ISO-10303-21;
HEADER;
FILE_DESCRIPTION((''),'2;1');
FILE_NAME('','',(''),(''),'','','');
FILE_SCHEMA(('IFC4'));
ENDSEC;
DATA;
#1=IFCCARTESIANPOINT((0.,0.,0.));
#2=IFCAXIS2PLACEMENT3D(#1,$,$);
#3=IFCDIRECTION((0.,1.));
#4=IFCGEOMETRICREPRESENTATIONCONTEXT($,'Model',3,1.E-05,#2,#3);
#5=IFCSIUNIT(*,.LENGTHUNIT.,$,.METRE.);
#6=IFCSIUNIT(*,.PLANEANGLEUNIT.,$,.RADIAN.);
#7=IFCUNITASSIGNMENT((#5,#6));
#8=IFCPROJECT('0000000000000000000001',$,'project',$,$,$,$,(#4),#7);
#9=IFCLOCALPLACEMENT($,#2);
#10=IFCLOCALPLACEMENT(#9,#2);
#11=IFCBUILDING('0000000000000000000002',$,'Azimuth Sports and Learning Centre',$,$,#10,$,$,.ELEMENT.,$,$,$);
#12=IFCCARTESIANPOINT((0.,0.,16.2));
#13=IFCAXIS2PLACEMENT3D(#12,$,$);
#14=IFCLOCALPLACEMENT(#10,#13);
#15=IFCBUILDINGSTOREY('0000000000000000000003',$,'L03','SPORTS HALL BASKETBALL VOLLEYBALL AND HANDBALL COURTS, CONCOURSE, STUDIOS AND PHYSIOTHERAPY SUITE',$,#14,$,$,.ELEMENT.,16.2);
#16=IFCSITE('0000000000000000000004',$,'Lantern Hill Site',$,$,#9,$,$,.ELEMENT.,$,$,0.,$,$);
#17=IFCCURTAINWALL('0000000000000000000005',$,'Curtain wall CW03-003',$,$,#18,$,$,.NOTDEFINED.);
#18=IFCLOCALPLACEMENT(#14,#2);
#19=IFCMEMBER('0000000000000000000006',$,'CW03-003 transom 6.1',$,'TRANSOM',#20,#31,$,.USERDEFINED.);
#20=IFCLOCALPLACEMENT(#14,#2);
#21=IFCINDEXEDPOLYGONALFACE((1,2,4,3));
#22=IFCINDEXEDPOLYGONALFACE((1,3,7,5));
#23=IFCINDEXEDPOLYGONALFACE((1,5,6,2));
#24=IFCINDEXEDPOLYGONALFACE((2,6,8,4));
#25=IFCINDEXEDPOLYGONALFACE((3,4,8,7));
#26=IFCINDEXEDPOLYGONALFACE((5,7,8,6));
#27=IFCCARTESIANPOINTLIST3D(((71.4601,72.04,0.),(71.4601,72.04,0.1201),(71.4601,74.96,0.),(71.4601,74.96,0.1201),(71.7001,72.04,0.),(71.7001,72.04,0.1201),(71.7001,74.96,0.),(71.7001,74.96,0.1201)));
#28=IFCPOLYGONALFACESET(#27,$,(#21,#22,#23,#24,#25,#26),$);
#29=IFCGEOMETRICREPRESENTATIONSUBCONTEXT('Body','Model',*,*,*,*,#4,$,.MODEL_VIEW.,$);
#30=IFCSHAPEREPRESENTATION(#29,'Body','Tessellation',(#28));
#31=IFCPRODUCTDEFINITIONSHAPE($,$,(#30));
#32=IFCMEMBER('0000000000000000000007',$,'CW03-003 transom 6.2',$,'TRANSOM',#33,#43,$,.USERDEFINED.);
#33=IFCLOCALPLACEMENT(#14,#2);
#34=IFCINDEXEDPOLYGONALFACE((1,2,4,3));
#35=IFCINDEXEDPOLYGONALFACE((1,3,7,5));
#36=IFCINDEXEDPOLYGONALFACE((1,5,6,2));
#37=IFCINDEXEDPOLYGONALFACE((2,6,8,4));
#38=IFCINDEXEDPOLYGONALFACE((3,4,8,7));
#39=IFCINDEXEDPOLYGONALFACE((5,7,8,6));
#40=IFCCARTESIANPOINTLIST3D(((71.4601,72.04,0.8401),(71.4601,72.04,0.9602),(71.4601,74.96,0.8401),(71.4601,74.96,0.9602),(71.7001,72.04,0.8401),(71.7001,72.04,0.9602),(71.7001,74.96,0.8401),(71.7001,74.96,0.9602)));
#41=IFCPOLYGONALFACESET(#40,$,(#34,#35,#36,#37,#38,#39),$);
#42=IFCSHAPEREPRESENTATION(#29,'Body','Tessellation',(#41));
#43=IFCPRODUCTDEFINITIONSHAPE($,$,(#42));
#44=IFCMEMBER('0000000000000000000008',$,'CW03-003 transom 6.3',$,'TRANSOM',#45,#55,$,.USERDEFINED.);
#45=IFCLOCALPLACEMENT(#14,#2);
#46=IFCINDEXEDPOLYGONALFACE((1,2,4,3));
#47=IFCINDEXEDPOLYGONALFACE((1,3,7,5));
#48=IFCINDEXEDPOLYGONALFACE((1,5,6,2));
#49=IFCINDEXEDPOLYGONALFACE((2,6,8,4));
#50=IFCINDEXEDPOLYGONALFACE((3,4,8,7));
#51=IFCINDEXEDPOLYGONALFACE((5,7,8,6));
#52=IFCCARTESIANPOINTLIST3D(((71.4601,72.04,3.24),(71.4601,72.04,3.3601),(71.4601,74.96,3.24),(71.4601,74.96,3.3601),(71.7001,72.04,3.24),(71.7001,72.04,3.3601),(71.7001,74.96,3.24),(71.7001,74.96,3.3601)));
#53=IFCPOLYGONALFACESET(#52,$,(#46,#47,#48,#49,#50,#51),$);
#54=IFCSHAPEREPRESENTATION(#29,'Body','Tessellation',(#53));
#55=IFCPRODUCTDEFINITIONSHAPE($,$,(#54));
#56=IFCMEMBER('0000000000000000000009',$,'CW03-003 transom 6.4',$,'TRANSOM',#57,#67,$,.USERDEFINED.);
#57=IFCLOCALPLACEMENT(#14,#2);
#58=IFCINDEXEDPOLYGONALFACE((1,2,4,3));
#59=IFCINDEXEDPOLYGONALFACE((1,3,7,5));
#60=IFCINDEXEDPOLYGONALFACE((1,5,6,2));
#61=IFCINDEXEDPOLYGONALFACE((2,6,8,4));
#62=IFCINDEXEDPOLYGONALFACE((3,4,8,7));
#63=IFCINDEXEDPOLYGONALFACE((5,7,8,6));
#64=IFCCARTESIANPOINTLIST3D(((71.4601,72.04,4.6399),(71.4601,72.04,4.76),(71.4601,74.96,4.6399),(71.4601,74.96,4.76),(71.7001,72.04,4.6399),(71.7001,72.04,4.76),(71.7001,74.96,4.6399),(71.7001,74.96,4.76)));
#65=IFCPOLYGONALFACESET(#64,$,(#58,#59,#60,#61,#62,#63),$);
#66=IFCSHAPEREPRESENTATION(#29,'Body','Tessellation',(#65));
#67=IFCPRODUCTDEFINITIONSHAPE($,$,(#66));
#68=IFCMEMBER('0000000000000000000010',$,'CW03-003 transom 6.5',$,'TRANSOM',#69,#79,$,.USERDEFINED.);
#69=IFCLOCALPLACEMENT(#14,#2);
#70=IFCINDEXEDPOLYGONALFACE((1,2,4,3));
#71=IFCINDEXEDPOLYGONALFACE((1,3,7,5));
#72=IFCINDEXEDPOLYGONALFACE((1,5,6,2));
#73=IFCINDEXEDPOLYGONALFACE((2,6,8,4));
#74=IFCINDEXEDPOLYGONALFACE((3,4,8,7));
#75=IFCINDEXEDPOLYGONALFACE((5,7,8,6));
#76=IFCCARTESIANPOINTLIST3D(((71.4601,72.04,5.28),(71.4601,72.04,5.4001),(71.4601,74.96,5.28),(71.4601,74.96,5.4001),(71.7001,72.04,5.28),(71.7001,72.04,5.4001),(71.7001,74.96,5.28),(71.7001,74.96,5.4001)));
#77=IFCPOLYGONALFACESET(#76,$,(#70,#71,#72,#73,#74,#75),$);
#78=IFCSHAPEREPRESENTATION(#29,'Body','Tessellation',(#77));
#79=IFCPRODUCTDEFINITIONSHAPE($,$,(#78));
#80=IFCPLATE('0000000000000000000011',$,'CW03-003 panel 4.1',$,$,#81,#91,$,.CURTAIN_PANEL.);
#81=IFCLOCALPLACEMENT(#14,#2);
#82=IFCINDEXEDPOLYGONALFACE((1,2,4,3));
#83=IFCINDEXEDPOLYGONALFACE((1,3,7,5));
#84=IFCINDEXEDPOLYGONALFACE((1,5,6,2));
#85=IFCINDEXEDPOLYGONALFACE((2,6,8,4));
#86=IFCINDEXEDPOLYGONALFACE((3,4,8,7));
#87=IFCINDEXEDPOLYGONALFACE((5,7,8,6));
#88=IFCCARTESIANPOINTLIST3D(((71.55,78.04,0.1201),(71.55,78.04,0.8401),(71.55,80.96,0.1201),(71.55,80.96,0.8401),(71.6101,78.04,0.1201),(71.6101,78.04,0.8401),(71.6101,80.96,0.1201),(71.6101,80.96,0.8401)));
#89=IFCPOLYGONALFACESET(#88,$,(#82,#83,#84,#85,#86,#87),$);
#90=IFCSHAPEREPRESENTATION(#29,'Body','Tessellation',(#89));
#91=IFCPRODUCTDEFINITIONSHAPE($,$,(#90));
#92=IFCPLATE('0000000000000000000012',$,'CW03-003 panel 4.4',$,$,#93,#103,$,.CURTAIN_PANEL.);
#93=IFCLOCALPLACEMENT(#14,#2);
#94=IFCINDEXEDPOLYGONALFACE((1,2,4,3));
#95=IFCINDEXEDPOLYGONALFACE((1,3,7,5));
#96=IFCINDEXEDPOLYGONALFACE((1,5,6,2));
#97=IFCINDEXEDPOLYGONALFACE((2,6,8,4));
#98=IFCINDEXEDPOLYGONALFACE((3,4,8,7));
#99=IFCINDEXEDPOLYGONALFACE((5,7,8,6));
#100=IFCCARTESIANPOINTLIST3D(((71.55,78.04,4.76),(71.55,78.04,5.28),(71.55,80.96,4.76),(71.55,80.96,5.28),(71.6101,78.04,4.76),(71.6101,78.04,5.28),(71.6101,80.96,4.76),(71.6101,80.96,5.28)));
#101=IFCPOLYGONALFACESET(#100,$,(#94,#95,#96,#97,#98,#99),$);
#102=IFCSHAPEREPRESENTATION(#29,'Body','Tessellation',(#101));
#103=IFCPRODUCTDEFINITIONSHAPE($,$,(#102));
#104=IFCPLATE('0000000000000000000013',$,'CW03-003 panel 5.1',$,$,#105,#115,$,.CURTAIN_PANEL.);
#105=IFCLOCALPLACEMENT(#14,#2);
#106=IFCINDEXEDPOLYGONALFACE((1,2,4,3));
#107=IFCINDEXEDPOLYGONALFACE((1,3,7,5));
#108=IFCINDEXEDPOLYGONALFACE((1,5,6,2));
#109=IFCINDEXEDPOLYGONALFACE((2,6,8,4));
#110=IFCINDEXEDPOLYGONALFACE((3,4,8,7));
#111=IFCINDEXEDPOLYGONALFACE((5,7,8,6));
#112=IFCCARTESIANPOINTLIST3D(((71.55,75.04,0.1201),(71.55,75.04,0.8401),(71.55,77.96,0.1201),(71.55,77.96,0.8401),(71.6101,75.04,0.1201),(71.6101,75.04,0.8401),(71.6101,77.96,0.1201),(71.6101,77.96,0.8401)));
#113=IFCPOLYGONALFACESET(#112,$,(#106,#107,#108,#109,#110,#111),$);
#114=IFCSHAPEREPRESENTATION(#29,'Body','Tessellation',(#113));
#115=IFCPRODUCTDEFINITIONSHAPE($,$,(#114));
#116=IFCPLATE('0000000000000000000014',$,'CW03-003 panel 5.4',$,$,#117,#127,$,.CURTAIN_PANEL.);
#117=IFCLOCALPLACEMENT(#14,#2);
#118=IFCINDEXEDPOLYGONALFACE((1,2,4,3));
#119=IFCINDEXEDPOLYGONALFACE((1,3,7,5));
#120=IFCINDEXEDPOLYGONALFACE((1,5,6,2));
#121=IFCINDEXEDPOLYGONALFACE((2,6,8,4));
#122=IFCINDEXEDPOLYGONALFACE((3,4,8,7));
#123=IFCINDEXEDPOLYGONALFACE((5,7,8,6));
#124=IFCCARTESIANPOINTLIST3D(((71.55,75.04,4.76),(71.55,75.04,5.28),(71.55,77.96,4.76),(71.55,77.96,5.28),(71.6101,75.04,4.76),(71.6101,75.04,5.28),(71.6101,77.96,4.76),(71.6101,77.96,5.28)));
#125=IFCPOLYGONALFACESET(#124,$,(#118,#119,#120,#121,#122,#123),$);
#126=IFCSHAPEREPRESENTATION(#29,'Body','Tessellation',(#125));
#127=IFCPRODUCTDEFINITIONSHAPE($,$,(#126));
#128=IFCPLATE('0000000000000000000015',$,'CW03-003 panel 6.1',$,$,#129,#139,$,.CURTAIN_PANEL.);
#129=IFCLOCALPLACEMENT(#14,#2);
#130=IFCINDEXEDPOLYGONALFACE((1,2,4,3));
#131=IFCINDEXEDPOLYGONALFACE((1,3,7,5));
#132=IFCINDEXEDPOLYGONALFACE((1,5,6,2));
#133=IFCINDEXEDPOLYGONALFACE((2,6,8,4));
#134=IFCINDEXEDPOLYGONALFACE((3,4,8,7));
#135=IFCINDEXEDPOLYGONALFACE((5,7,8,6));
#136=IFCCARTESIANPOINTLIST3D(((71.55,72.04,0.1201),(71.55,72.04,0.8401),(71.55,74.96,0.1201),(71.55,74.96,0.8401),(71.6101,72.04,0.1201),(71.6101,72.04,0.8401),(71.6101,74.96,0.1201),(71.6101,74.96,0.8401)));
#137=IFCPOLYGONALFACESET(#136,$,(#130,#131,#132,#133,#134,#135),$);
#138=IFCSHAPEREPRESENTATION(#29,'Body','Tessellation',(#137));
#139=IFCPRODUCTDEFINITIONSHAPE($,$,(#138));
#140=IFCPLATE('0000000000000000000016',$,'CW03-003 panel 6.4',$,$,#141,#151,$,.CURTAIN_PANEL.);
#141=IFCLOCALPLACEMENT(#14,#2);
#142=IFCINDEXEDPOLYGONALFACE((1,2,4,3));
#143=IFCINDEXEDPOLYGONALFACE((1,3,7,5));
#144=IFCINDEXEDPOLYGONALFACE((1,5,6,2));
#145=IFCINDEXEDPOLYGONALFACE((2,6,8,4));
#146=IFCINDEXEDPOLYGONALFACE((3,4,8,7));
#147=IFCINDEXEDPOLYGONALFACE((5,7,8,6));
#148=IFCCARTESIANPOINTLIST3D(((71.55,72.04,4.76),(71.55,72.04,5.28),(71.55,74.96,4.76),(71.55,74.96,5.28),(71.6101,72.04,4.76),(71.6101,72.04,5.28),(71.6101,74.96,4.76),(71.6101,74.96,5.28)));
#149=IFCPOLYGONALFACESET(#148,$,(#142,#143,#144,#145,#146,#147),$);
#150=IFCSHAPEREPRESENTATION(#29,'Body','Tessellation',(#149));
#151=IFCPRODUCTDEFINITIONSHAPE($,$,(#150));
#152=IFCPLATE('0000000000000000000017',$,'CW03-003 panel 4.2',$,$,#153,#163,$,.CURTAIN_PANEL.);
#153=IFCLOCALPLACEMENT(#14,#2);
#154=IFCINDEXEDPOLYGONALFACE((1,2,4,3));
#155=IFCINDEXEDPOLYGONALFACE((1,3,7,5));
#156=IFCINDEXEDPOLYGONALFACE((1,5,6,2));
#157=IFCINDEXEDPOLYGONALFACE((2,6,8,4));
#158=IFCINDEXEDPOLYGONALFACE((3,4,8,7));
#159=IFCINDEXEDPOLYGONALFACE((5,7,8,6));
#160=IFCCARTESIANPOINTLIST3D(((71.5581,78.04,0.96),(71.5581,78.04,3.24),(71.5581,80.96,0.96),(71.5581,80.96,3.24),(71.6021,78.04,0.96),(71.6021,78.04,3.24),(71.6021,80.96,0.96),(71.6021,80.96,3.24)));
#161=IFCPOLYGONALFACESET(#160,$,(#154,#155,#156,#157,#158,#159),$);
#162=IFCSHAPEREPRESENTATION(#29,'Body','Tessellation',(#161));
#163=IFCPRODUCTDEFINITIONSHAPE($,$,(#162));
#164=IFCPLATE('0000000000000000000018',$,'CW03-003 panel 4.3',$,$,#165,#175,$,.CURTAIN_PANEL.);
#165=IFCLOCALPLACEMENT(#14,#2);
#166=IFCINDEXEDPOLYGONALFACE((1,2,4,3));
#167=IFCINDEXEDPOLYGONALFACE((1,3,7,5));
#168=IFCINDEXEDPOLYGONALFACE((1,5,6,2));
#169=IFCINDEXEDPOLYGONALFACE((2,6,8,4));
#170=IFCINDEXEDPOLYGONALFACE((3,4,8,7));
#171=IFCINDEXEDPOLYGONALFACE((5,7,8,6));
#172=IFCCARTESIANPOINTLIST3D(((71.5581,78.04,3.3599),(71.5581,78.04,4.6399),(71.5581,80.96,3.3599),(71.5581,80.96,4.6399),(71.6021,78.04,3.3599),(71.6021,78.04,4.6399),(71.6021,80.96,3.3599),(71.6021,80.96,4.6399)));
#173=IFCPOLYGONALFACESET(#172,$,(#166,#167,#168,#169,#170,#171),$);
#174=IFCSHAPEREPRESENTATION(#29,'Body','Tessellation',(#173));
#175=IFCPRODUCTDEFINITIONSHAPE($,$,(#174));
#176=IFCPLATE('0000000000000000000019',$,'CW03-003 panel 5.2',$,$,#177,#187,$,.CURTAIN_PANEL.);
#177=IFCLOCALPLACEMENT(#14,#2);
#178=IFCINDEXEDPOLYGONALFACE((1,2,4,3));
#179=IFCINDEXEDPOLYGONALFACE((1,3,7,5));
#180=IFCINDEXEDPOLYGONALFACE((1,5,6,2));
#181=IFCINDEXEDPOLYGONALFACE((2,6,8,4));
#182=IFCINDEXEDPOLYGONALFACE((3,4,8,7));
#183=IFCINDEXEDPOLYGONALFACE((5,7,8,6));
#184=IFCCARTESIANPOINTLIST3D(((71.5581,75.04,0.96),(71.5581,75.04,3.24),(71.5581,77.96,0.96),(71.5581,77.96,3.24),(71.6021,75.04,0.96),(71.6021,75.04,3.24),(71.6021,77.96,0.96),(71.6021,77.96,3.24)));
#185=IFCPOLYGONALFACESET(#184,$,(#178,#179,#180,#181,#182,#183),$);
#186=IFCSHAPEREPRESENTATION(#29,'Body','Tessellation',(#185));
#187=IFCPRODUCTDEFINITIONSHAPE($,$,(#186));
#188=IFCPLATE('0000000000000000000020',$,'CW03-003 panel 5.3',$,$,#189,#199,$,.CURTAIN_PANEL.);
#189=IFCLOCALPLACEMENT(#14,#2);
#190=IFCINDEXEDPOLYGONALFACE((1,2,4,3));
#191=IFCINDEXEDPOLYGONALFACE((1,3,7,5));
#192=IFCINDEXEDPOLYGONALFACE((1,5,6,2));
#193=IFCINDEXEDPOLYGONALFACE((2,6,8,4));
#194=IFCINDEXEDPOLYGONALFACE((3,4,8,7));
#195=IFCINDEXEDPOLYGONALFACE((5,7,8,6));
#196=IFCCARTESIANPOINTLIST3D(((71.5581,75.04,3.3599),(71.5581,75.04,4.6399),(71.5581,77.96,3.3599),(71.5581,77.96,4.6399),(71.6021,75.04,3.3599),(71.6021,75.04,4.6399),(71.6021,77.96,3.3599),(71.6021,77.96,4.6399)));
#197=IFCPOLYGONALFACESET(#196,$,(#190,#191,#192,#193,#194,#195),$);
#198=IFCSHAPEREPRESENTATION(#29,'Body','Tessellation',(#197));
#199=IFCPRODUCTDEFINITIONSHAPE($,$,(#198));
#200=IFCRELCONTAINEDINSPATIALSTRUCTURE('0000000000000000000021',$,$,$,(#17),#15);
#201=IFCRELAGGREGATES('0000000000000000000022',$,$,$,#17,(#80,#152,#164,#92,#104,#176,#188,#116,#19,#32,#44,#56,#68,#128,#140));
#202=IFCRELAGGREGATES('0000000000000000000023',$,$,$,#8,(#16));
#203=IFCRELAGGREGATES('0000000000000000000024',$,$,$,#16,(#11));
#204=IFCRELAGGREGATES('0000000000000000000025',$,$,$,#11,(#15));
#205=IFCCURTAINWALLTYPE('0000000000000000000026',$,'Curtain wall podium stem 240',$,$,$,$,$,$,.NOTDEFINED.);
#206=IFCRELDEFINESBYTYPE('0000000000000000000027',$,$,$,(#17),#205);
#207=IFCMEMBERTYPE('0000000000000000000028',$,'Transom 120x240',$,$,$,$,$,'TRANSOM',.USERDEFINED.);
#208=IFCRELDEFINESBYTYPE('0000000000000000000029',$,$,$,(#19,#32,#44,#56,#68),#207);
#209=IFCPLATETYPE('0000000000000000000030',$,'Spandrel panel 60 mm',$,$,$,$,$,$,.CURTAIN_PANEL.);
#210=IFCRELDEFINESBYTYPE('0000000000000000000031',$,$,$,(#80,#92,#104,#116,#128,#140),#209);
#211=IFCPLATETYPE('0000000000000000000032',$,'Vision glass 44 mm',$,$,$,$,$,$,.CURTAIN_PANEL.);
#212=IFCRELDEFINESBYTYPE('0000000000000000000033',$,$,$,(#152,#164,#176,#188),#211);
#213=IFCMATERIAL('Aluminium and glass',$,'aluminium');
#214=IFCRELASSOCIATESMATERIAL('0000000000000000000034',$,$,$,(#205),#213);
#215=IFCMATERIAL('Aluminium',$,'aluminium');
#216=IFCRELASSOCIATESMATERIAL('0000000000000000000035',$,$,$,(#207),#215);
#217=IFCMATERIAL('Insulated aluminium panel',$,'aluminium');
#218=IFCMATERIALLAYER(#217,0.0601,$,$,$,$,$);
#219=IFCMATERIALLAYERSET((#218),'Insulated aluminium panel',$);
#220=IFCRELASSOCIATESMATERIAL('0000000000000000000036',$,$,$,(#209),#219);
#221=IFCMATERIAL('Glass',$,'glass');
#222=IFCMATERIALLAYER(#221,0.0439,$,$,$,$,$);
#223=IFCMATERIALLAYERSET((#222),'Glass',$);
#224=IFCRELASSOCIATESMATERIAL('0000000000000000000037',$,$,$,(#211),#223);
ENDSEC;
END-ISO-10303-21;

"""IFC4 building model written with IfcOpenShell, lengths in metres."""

from ifc_helpers import new_model, si_unit, direction, frame, origin, origin_2d, place, context, subcontext, project, spatial, rectangle, extrude, material, layer, layer_set, material_profile, profile_set, type_object, element, aggregate, save


model = new_model("IFC4")

# Units and contexts
model_context = context("Model", 3, precision=1e-05, world=origin(), true_north=direction((0.0, 1.0)))
body_context = subcontext(model_context, "Body", "Model", "MODEL_VIEW")
ifc_project = project(units=[si_unit("LENGTHUNIT", "METRE"), si_unit("PLANEANGLEUNIT", "RADIAN")], contexts=[model_context])

# Site, building, storey
site_placement = place(None, origin())
site = spatial("IfcSite", under=ifc_project, at=site_placement, Name="Lantern Hill Site", CompositionType="ELEMENT", RefElevation=0.0)
building_placement = place(site_placement, origin())
building = spatial("IfcBuilding", under=site, at=building_placement, Name="Azimuth Sports and Learning Centre", CompositionType="ELEMENT")
storey_placement = place(building_placement, frame((0.0, 0.0, 16.2)))
storey = spatial("IfcBuildingStorey", under=building, at=storey_placement, Name="L03", Description="SPORTS HALL BASKETBALL VOLLEYBALL AND HANDBALL COURTS, CONCOURSE, STUDIOS AND PHYSIOTHERAPY SUITE", CompositionType="ELEMENT", Elevation=16.2)

# Curtain wall, members, plates
ifc_material_1 = material(Name="Aluminium and glass", Category="aluminium")
curtain_wall_type = type_object("IfcCurtainWallType", Name="Curtain wall podium stem 240", PredefinedType="NOTDEFINED", material=ifc_material_1)
curtain_wall_placement = place(storey_placement, origin())
curtain_wall = element("IfcCurtainWall", 1, at=curtain_wall_placement, inside=storey, type_object=curtain_wall_type, Name="Curtain wall CW03-003", PredefinedType="NOTDEFINED")
ifc_material_2 = material(Name="Aluminium", Category="aluminium")
ifc_material_profile_1 = material_profile(ifc_material_2, rectangle(XDim=0.24, YDim=0.1201, at=origin_2d()), Name="Transom 120x240")
ifc_profile_set_1 = profile_set([ifc_material_profile_1], Name="Aluminium")
member_type_1 = type_object("IfcMemberType", Name="Transom 120x240", ElementType="TRANSOM", PredefinedType="USERDEFINED", material=ifc_profile_set_1)
member_1_placement = place(storey_placement, frame((71.5801, 74.96, 0.0601), z_axis=(0.0, -1.0, 0.0), x_axis=(1.0, 0.0, 0.0)))
member_1 = element("IfcMember", 2, at=member_1_placement, type_object=member_type_1, Name="CW03-003 transom 6.1", ObjectType="TRANSOM", PredefinedType="USERDEFINED", context=body_context, shape_type="SweptSolid", body=[
    extrude(rectangle(XDim=0.24, YDim=0.1201, at=origin_2d()), origin(), (0.0, 0.0, 1.0), 2.9199),
])
member_2_placement = place(storey_placement, frame((71.5801, 74.96, 0.9001), z_axis=(0.0, -1.0, 0.0), x_axis=(1.0, 0.0, 0.0)))
member_2 = element("IfcMember", 3, at=member_2_placement, type_object=member_type_1, Name="CW03-003 transom 6.2", ObjectType="TRANSOM", PredefinedType="USERDEFINED", context=body_context, shape_type="SweptSolid", body=[
    extrude(rectangle(XDim=0.24, YDim=0.1201, at=origin_2d()), origin(), (0.0, 0.0, 1.0), 2.9199),
])
member_3_placement = place(storey_placement, frame((71.5801, 74.96, 3.3), z_axis=(0.0, -1.0, 0.0), x_axis=(1.0, 0.0, 0.0)))
member_3 = element("IfcMember", 4, at=member_3_placement, type_object=member_type_1, Name="CW03-003 transom 6.3", ObjectType="TRANSOM", PredefinedType="USERDEFINED", context=body_context, shape_type="SweptSolid", body=[
    extrude(rectangle(XDim=0.24, YDim=0.1201, at=origin_2d()), origin(), (0.0, 0.0, 1.0), 2.9199),
])
member_4_placement = place(storey_placement, frame((71.5801, 74.96, 4.7), z_axis=(0.0, -1.0, 0.0), x_axis=(1.0, 0.0, 0.0)))
member_4 = element("IfcMember", 5, at=member_4_placement, type_object=member_type_1, Name="CW03-003 transom 6.4", ObjectType="TRANSOM", PredefinedType="USERDEFINED", context=body_context, shape_type="SweptSolid", body=[
    extrude(rectangle(XDim=0.24, YDim=0.1201, at=origin_2d()), origin(), (0.0, 0.0, 1.0), 2.9199),
])
member_5_placement = place(storey_placement, frame((71.5801, 74.96, 5.3401), z_axis=(0.0, -1.0, 0.0), x_axis=(1.0, 0.0, 0.0)))
member_5 = element("IfcMember", 6, at=member_5_placement, type_object=member_type_1, Name="CW03-003 transom 6.5", ObjectType="TRANSOM", PredefinedType="USERDEFINED", context=body_context, shape_type="SweptSolid", body=[
    extrude(rectangle(XDim=0.24, YDim=0.1201, at=origin_2d()), origin(), (0.0, 0.0, 1.0), 2.9199),
])
ifc_material_3 = material(Name="Insulated aluminium panel", Category="aluminium")
ifc_layer_1 = layer(ifc_material_3, 0.0601)
ifc_layer_set_1 = layer_set([ifc_layer_1], Name="Insulated aluminium panel")
plate_type_1 = type_object("IfcPlateType", Name="Spandrel panel 60 mm", PredefinedType="CURTAIN_PANEL", material=ifc_layer_set_1)
plate_1_placement = place(storey_placement, frame((71.5801, 79.5, 0.1201), z_axis=(0.0, 0.0, 1.0), x_axis=(0.0, -1.0, 0.0)))
plate_1 = element("IfcPlate", 7, at=plate_1_placement, type_object=plate_type_1, Name="CW03-003 panel 4.1", PredefinedType="CURTAIN_PANEL", context=body_context, shape_type="SweptSolid", body=[
    extrude(rectangle(XDim=2.9199, YDim=0.0601, at=origin_2d()), origin(), (0.0, 0.0, 1.0), 0.72),
])
plate_2_placement = place(storey_placement, frame((71.5801, 79.5, 4.76), z_axis=(0.0, 0.0, 1.0), x_axis=(0.0, -1.0, 0.0)))
plate_2 = element("IfcPlate", 8, at=plate_2_placement, type_object=plate_type_1, Name="CW03-003 panel 4.4", PredefinedType="CURTAIN_PANEL", context=body_context, shape_type="SweptSolid", body=[
    extrude(rectangle(XDim=2.9199, YDim=0.0601, at=origin_2d()), origin(), (0.0, 0.0, 1.0), 0.52),
])
plate_3_placement = place(storey_placement, frame((71.5801, 76.5, 0.1201), z_axis=(0.0, 0.0, 1.0), x_axis=(0.0, -1.0, 0.0)))
plate_3 = element("IfcPlate", 9, at=plate_3_placement, type_object=plate_type_1, Name="CW03-003 panel 5.1", PredefinedType="CURTAIN_PANEL", context=body_context, shape_type="SweptSolid", body=[
    extrude(rectangle(XDim=2.9199, YDim=0.0601, at=origin_2d()), origin(), (0.0, 0.0, 1.0), 0.72),
])
plate_4_placement = place(storey_placement, frame((71.5801, 76.5, 4.76), z_axis=(0.0, 0.0, 1.0), x_axis=(0.0, -1.0, 0.0)))
plate_4 = element("IfcPlate", 10, at=plate_4_placement, type_object=plate_type_1, Name="CW03-003 panel 5.4", PredefinedType="CURTAIN_PANEL", context=body_context, shape_type="SweptSolid", body=[
    extrude(rectangle(XDim=2.9199, YDim=0.0601, at=origin_2d()), origin(), (0.0, 0.0, 1.0), 0.52),
])
plate_5_placement = place(storey_placement, frame((71.5801, 73.5, 0.1201), z_axis=(0.0, 0.0, 1.0), x_axis=(0.0, -1.0, 0.0)))
plate_5 = element("IfcPlate", 11, at=plate_5_placement, type_object=plate_type_1, Name="CW03-003 panel 6.1", PredefinedType="CURTAIN_PANEL", context=body_context, shape_type="SweptSolid", body=[
    extrude(rectangle(XDim=2.9199, YDim=0.0601, at=origin_2d()), origin(), (0.0, 0.0, 1.0), 0.72),
])
plate_6_placement = place(storey_placement, frame((71.5801, 73.5, 4.76), z_axis=(0.0, 0.0, 1.0), x_axis=(0.0, -1.0, 0.0)))
plate_6 = element("IfcPlate", 12, at=plate_6_placement, type_object=plate_type_1, Name="CW03-003 panel 6.4", PredefinedType="CURTAIN_PANEL", context=body_context, shape_type="SweptSolid", body=[
    extrude(rectangle(XDim=2.9199, YDim=0.0601, at=origin_2d()), origin(), (0.0, 0.0, 1.0), 0.52),
])
ifc_material_4 = material(Name="Glass", Category="glass")
ifc_layer_2 = layer(ifc_material_4, 0.0439)
ifc_layer_set_2 = layer_set([ifc_layer_2], Name="Glass")
plate_type_2 = type_object("IfcPlateType", Name="Vision glass 44 mm", PredefinedType="CURTAIN_PANEL", material=ifc_layer_set_2)
plate_7_placement = place(storey_placement, frame((71.5801, 79.5, 0.96), z_axis=(0.0, 0.0, 1.0), x_axis=(0.0, -1.0, 0.0)))
plate_7 = element("IfcPlate", 13, at=plate_7_placement, type_object=plate_type_2, Name="CW03-003 panel 4.2", PredefinedType="CURTAIN_PANEL", context=body_context, shape_type="SweptSolid", body=[
    extrude(rectangle(XDim=2.9199, YDim=0.0439, at=origin_2d()), origin(), (0.0, 0.0, 1.0), 2.28),
])
plate_8_placement = place(storey_placement, frame((71.5801, 79.5, 3.3599), z_axis=(0.0, 0.0, 1.0), x_axis=(0.0, -1.0, 0.0)))
plate_8 = element("IfcPlate", 14, at=plate_8_placement, type_object=plate_type_2, Name="CW03-003 panel 4.3", PredefinedType="CURTAIN_PANEL", context=body_context, shape_type="SweptSolid", body=[
    extrude(rectangle(XDim=2.9199, YDim=0.0439, at=origin_2d()), origin(), (0.0, 0.0, 1.0), 1.28),
])
plate_9_placement = place(storey_placement, frame((71.5801, 76.5, 0.96), z_axis=(0.0, 0.0, 1.0), x_axis=(0.0, -1.0, 0.0)))
plate_9 = element("IfcPlate", 15, at=plate_9_placement, type_object=plate_type_2, Name="CW03-003 panel 5.2", PredefinedType="CURTAIN_PANEL", context=body_context, shape_type="SweptSolid", body=[
    extrude(rectangle(XDim=2.9199, YDim=0.0439, at=origin_2d()), origin(), (0.0, 0.0, 1.0), 2.28),
])
plate_10_placement = place(storey_placement, frame((71.5801, 76.5, 3.3599), z_axis=(0.0, 0.0, 1.0), x_axis=(0.0, -1.0, 0.0)))
plate_10 = element("IfcPlate", 16, at=plate_10_placement, type_object=plate_type_2, Name="CW03-003 panel 5.3", PredefinedType="CURTAIN_PANEL", context=body_context, shape_type="SweptSolid", body=[
    extrude(rectangle(XDim=2.9199, YDim=0.0439, at=origin_2d()), origin(), (0.0, 0.0, 1.0), 1.28),
])
aggregate(curtain_wall, [plate_1, plate_7, plate_8, plate_2, plate_3, plate_9, plate_10, plate_4, member_1, member_2, member_3, member_4, member_5, plate_5, plate_6])

save(model, "model.ifc")
